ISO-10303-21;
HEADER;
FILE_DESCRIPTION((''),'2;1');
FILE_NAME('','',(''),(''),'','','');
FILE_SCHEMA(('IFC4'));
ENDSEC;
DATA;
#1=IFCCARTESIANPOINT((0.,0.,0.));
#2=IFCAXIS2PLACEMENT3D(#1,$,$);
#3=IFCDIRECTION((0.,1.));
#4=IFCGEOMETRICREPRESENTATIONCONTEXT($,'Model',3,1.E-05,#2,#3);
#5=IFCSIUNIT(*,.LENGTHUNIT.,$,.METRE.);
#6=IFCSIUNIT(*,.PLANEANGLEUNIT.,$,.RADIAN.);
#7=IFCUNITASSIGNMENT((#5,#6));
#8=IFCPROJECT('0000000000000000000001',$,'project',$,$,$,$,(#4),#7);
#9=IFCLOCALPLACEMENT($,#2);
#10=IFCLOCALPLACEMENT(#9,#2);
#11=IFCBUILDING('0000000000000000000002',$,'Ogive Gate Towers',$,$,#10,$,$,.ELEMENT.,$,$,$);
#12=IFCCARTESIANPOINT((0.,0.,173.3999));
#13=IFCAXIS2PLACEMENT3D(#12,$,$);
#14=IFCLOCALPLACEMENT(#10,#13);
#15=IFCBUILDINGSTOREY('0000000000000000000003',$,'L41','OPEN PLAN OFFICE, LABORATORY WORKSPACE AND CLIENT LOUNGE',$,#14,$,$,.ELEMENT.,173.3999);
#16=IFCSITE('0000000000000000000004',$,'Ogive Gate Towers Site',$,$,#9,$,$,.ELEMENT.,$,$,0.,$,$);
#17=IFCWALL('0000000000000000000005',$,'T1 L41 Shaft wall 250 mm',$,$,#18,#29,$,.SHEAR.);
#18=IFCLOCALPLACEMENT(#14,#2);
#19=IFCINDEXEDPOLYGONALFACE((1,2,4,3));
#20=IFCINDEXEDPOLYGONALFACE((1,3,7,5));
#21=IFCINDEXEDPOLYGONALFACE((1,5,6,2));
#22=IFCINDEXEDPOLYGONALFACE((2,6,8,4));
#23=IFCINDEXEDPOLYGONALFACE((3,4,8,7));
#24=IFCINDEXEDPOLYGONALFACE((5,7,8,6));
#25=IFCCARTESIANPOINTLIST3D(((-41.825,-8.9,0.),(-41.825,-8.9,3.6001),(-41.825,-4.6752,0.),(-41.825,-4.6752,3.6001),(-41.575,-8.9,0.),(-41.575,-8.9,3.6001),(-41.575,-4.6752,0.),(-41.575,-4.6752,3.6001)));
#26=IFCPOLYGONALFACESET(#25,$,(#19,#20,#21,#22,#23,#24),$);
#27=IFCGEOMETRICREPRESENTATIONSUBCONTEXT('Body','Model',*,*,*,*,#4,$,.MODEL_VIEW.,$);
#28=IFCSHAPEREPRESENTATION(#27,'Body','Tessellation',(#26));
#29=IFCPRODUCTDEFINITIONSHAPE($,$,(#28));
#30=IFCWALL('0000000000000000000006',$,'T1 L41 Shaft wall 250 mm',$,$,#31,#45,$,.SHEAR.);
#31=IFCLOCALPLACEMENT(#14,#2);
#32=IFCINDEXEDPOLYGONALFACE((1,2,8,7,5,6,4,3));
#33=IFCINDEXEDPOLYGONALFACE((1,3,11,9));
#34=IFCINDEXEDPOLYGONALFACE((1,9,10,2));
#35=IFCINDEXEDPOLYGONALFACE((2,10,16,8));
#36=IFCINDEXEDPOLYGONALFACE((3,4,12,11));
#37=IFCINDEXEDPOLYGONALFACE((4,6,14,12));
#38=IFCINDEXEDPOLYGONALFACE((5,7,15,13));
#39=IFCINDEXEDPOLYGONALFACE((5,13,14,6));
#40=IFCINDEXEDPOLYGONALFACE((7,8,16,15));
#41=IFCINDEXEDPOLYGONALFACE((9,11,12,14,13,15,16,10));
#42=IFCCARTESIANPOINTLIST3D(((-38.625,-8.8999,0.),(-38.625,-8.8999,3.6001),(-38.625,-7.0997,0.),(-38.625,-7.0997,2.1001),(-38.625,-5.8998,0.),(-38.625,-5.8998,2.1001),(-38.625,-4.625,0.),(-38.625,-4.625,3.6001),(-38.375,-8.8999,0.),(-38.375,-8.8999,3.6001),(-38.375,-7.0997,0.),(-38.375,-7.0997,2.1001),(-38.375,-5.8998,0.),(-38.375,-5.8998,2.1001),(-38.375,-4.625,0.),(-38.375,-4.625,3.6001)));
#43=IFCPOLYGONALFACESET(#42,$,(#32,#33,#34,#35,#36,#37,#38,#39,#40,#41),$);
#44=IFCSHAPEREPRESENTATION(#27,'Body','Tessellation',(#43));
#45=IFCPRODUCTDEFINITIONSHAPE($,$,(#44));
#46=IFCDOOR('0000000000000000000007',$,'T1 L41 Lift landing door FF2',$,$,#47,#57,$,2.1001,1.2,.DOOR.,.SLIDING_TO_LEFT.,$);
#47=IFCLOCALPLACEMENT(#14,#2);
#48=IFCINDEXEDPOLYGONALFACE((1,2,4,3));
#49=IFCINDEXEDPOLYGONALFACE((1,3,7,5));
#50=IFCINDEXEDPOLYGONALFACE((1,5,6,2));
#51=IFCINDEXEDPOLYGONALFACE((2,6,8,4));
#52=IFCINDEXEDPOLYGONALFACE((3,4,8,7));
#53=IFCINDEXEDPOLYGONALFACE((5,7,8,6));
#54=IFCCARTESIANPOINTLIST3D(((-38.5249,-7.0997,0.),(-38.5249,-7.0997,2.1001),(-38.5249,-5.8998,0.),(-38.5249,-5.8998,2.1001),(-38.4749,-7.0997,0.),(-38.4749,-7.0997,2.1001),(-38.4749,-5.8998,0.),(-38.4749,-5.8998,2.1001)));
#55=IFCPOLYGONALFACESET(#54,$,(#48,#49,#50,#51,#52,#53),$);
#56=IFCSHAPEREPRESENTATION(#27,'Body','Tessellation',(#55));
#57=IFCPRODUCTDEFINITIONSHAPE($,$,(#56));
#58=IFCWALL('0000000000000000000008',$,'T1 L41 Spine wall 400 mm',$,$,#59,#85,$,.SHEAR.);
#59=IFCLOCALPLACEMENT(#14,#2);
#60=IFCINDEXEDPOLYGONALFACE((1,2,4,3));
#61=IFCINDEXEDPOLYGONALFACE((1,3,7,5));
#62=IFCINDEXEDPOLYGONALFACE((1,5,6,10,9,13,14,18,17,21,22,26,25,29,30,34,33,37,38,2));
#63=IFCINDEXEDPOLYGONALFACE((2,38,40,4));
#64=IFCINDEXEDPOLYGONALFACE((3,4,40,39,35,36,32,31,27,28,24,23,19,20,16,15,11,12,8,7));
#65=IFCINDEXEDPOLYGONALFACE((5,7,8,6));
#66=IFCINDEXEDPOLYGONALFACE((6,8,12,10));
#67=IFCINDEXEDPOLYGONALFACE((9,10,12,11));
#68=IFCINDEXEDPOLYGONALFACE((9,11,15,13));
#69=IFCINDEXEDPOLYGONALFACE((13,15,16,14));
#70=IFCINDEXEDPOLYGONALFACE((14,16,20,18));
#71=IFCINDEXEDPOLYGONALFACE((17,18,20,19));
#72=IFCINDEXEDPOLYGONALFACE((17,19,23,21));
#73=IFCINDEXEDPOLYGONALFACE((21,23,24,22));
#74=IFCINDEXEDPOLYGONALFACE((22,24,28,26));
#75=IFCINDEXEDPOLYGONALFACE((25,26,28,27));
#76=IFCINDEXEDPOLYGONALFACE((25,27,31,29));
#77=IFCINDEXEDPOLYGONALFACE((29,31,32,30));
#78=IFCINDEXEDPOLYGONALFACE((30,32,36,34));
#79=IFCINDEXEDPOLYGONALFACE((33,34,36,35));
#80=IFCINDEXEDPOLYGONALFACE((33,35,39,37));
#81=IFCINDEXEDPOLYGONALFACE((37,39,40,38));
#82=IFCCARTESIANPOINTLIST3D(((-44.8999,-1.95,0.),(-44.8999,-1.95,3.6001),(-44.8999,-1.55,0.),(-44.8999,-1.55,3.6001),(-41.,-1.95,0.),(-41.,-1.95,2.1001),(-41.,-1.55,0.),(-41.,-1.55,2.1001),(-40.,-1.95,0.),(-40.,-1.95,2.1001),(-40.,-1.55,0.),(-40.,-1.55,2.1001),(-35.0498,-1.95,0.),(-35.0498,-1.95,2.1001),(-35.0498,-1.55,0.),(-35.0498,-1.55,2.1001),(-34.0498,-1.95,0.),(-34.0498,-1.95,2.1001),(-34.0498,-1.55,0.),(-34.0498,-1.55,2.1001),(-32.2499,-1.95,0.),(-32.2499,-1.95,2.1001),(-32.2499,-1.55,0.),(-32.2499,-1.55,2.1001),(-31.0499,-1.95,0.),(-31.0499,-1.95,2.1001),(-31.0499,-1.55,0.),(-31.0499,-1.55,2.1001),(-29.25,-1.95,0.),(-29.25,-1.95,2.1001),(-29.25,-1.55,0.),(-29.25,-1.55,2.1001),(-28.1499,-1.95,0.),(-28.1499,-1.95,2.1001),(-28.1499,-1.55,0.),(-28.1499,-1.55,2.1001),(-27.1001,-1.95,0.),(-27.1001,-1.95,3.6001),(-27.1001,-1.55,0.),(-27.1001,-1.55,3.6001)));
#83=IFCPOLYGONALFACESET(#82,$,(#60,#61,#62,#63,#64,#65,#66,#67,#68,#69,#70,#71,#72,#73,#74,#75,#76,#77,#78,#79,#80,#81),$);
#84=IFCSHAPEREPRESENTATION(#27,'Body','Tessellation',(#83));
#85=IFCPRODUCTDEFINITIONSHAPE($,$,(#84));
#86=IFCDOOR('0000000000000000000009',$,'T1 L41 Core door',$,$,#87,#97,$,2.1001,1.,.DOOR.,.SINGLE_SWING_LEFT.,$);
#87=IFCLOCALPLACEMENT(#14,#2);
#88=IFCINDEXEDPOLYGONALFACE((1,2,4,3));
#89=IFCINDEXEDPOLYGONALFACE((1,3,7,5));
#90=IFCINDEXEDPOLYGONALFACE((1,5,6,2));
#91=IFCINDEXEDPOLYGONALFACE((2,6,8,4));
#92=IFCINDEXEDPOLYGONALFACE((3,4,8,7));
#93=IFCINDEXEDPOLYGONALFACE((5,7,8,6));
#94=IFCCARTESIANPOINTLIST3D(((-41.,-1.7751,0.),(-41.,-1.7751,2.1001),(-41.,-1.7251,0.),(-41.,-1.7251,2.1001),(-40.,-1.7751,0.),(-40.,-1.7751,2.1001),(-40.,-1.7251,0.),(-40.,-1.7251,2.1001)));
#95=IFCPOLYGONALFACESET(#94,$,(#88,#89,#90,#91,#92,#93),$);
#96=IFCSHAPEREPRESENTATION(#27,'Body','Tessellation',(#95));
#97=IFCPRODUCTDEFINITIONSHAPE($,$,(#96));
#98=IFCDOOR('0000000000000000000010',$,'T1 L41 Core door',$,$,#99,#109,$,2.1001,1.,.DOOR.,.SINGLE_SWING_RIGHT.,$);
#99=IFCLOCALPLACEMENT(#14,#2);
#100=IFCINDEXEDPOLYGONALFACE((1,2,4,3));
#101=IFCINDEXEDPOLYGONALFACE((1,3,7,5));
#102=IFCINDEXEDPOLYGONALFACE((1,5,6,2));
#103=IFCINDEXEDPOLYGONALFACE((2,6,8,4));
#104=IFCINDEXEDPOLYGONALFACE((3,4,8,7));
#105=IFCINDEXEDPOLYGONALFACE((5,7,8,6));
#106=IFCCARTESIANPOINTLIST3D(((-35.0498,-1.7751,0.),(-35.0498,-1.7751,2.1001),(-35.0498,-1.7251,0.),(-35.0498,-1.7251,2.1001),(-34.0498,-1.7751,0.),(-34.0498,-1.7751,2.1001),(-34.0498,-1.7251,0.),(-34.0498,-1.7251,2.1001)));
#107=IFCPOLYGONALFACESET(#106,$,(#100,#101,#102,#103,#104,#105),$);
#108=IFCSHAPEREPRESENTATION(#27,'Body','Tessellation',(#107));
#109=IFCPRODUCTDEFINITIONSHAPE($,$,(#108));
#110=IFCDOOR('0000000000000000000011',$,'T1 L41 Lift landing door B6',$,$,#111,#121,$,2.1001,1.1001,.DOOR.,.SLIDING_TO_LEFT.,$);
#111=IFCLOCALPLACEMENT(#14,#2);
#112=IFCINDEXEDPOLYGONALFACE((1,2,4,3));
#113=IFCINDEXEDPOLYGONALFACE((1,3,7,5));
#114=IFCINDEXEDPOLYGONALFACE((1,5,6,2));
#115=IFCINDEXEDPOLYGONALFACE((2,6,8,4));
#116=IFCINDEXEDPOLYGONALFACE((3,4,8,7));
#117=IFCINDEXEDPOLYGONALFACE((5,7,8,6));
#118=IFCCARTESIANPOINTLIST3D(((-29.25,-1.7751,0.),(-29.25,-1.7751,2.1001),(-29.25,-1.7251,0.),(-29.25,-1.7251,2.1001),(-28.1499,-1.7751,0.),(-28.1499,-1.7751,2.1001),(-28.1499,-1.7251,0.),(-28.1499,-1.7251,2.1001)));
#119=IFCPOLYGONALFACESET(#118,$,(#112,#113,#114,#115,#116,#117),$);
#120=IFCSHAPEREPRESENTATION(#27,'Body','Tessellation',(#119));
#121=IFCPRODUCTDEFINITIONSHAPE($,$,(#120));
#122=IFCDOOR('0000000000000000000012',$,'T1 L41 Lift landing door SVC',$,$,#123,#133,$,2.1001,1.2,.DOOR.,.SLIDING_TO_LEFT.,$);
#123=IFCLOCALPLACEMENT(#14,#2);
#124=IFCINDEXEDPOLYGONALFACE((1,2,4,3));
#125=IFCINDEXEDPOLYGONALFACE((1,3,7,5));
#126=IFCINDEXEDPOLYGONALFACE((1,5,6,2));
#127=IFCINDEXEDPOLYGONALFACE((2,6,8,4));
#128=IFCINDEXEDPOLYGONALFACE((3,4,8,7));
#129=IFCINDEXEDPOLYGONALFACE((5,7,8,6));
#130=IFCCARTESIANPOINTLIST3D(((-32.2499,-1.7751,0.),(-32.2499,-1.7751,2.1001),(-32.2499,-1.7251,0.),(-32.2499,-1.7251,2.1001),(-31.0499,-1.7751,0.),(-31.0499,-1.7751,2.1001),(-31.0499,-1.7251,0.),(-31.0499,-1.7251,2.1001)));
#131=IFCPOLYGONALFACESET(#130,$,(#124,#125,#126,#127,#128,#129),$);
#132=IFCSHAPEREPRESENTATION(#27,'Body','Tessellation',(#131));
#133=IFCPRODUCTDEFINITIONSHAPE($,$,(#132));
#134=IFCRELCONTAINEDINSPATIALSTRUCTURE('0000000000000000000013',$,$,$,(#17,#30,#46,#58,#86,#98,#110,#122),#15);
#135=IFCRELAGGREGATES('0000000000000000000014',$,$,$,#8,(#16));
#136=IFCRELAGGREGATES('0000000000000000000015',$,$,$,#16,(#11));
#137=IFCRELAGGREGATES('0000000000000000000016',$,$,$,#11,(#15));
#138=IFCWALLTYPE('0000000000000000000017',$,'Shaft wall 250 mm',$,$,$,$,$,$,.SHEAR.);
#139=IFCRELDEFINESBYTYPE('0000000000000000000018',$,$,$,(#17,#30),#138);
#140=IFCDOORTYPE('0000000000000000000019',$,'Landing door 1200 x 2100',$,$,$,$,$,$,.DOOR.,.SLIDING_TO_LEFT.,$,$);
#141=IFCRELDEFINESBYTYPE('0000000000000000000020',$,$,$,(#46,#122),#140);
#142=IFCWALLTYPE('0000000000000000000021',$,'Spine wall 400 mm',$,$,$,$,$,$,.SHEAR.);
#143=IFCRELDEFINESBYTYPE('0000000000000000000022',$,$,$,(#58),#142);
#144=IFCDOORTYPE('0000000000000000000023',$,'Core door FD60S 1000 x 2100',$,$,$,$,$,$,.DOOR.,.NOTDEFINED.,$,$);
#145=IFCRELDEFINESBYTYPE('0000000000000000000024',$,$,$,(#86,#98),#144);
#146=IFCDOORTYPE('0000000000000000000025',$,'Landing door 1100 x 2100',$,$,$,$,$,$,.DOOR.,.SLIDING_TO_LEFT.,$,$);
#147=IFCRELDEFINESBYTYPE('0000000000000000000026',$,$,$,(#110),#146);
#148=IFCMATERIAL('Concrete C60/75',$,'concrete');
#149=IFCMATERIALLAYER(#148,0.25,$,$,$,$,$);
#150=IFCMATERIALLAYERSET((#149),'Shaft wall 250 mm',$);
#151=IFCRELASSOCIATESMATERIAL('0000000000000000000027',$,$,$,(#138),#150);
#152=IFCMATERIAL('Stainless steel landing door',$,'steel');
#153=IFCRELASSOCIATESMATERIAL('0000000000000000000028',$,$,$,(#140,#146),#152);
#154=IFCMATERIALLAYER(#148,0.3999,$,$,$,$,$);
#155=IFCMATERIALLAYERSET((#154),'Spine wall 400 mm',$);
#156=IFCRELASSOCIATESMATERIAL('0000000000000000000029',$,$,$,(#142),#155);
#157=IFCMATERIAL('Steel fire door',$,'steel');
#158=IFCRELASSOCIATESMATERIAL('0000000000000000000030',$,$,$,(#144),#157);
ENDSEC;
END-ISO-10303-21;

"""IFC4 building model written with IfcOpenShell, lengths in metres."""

from ifc_helpers import new_model, si_unit, direction, frame, frame_2d, origin, place, context, subcontext, project, spatial, rectangle, extrude, material, layer, layer_set, type_object, element, fill, save


model = new_model("IFC4")

# Units and contexts
model_context = context("Model", 3, precision=1e-05, world=origin(), true_north=direction((0.0, 1.0)))
body_context = subcontext(model_context, "Body", "Model", "MODEL_VIEW")
ifc_project = project(units=[si_unit("LENGTHUNIT", "METRE"), si_unit("PLANEANGLEUNIT", "RADIAN")], contexts=[model_context])

# Site, building, storey
site_placement = place(None, origin())
site = spatial("IfcSite", under=ifc_project, at=site_placement, Name="Ogive Gate Towers Site", CompositionType="ELEMENT", RefElevation=0.0)
building_placement = place(site_placement, origin())
building = spatial("IfcBuilding", under=site, at=building_placement, Name="Ogive Gate Towers", CompositionType="ELEMENT")
storey_placement = place(building_placement, frame((0.0, 0.0, 173.3999)))
storey = spatial("IfcBuildingStorey", under=building, at=storey_placement, Name="L41", Description="OPEN PLAN OFFICE, LABORATORY WORKSPACE AND CLIENT LOUNGE", CompositionType="ELEMENT", Elevation=173.3999)

# Wall
ifc_material_1 = material(Name="Concrete C60/75", Category="concrete")
ifc_layer_1 = layer(ifc_material_1, 0.25)
ifc_layer_set_1 = layer_set([ifc_layer_1], Name="Shaft wall 250 mm")
wall_type_1 = type_object("IfcWallType", Name="Shaft wall 250 mm", PredefinedType="SHEAR", material=ifc_layer_set_1)
wall_1_placement = place(storey_placement, frame((-41.7, -8.8999, 0.0), z_axis=(0.0, 0.0, 1.0), x_axis=(0.0, 1.0, 0.0)))
element("IfcWall", 1, at=wall_1_placement, inside=storey, type_object=wall_type_1, Name="T1 L41 Shaft wall 250 mm", PredefinedType="SHEAR", context=body_context, shape_type="SweptSolid", body=[
    extrude(rectangle(XDim=4.2249, YDim=0.25, at=frame_2d((2.1123, 0.0))), origin(), (0.0, 0.0, 1.0), 3.6001),
])

# Wall, opening, door
wall_2_placement = place(storey_placement, frame((-38.5, -8.8999, 0.0), z_axis=(0.0, 0.0, 1.0), x_axis=(0.0, 1.0, 0.0)))
wall_2 = element("IfcWall", 2, at=wall_2_placement, inside=storey, type_object=wall_type_1, Name="T1 L41 Shaft wall 250 mm", PredefinedType="SHEAR", context=body_context, shape_type="SweptSolid", body=[
    extrude(rectangle(XDim=4.2749, YDim=0.25, at=frame_2d((2.1375, 0.0))), origin(), (0.0, 0.0, 1.0), 3.6001),
])
opening_1_placement = place(wall_2_placement, frame((1.8, 0.0, 0.0)))
opening_1 = element("IfcOpeningElement", 3, at=opening_1_placement, cuts=wall_2, PredefinedType="OPENING", context=body_context, shape_type="SweptSolid", body=[
    extrude(rectangle(XDim=1.2, YDim=2.1001, at=frame_2d((0.6001, 1.05))), frame((0.0, 0.135, 0.0), z_axis=(0.0, -1.0, 0.0), x_axis=(1.0, 0.0, 0.0)), (0.0, 0.0, 1.0), 0.27),
])
ifc_material_2 = material(Name="Stainless steel landing door", Category="steel")
door_type_1 = type_object("IfcDoorType", Name="Landing door 1200 x 2100", OperationType="SLIDING_TO_LEFT", PredefinedType="DOOR", material=ifc_material_2)
door_1_placement = place(opening_1_placement, origin())
door_1 = element("IfcDoor", 4, at=door_1_placement, inside=storey, type_object=door_type_1, Name="T1 L41 Lift landing door FF2", OperationType="SLIDING_TO_LEFT", OverallHeight=2.1001, OverallWidth=1.2, PredefinedType="DOOR", context=body_context, shape_type="SweptSolid", body=[
    extrude(rectangle(XDim=1.2, YDim=2.1001, at=frame_2d((0.6001, 1.05))), frame((0.0, 0.0249, 0.0), z_axis=(0.0, -1.0, 0.0), x_axis=(1.0, 0.0, 0.0)), (0.0, 0.0, 1.0), 0.05),
])
fill(opening_1, door_1)

# Wall, openings, doors
ifc_layer_2 = layer(ifc_material_1, 0.3999)
ifc_layer_set_2 = layer_set([ifc_layer_2], Name="Spine wall 400 mm")
wall_type_2 = type_object("IfcWallType", Name="Spine wall 400 mm", PredefinedType="SHEAR", material=ifc_layer_set_2)
wall_3_placement = place(storey_placement, frame((-44.8999, -1.75, 0.0), z_axis=(0.0, 0.0, 1.0), x_axis=(1.0, 0.0, 0.0)))
wall_3 = element("IfcWall", 5, at=wall_3_placement, inside=storey, type_object=wall_type_2, Name="T1 L41 Spine wall 400 mm", PredefinedType="SHEAR", context=body_context, shape_type="SweptSolid", body=[
    extrude(rectangle(XDim=17.7998, YDim=0.3999, at=frame_2d((8.8999, 0.0))), origin(), (0.0, 0.0, 1.0), 3.6001),
])
opening_2_placement = place(wall_3_placement, frame((12.6499, 0.0, 0.0)))
opening_2 = element("IfcOpeningElement", 6, at=opening_2_placement, cuts=wall_3, PredefinedType="OPENING", context=body_context, shape_type="SweptSolid", body=[
    extrude(rectangle(XDim=1.2, YDim=2.1001, at=frame_2d((0.6001, 1.05))), frame((0.0, 0.21, 0.0), z_axis=(0.0, -1.0, 0.0), x_axis=(1.0, 0.0, 0.0)), (0.0, 0.0, 1.0), 0.4199),
])
opening_3_placement = place(wall_3_placement, frame((15.6499, 0.0, 0.0)))
opening_3 = element("IfcOpeningElement", 7, at=opening_3_placement, cuts=wall_3, PredefinedType="OPENING", context=body_context, shape_type="SweptSolid", body=[
    extrude(rectangle(XDim=1.1001, YDim=2.1001, at=frame_2d((0.55, 1.05))), frame((0.0, 0.21, 0.0), z_axis=(0.0, -1.0, 0.0), x_axis=(1.0, 0.0, 0.0)), (0.0, 0.0, 1.0), 0.4199),
])
opening_4_placement = place(wall_3_placement, frame((3.8999, 0.0, 0.0)))
opening_4 = element("IfcOpeningElement", 8, at=opening_4_placement, cuts=wall_3, PredefinedType="OPENING", context=body_context, shape_type="SweptSolid", body=[
    extrude(rectangle(XDim=1.0, YDim=2.1001, at=frame_2d((0.5, 1.05))), frame((0.0, 0.21, 0.0), z_axis=(0.0, -1.0, 0.0), x_axis=(1.0, 0.0, 0.0)), (0.0, 0.0, 1.0), 0.4199),
])
opening_5_placement = place(wall_3_placement, frame((9.8501, 0.0, 0.0)))
opening_5 = element("IfcOpeningElement", 9, at=opening_5_placement, cuts=wall_3, PredefinedType="OPENING", context=body_context, shape_type="SweptSolid", body=[
    extrude(rectangle(XDim=1.0, YDim=2.1001, at=frame_2d((0.5, 1.05))), frame((0.0, 0.21, 0.0), z_axis=(0.0, -1.0, 0.0), x_axis=(1.0, 0.0, 0.0)), (0.0, 0.0, 1.0), 0.4199),
])
ifc_material_3 = material(Name="Steel fire door", Category="steel")
door_type_2 = type_object("IfcDoorType", Name="Core door FD60S 1000 x 2100", OperationType="NOTDEFINED", PredefinedType="DOOR", material=ifc_material_3)
door_2_placement = place(opening_4_placement, origin())
door_2 = element("IfcDoor", 10, at=door_2_placement, inside=storey, type_object=door_type_2, Name="T1 L41 Core door", OperationType="SINGLE_SWING_LEFT", OverallHeight=2.1001, OverallWidth=1.0, PredefinedType="DOOR", context=body_context, shape_type="SweptSolid", body=[
    extrude(rectangle(XDim=1.0, YDim=2.1001, at=frame_2d((0.5, 1.05))), frame((0.0, 0.0249, 0.0), z_axis=(0.0, -1.0, 0.0), x_axis=(1.0, 0.0, 0.0)), (0.0, 0.0, 1.0), 0.05),
])
fill(opening_4, door_2)
door_3_placement = place(opening_5_placement, origin())
door_3 = element("IfcDoor", 11, at=door_3_placement, inside=storey, type_object=door_type_2, Name="T1 L41 Core door", OperationType="SINGLE_SWING_RIGHT", OverallHeight=2.1001, OverallWidth=1.0, PredefinedType="DOOR", context=body_context, shape_type="SweptSolid", body=[
    extrude(rectangle(XDim=1.0, YDim=2.1001, at=frame_2d((0.5, 1.05))), frame((0.0, 0.0249, 0.0), z_axis=(0.0, -1.0, 0.0), x_axis=(1.0, 0.0, 0.0)), (0.0, 0.0, 1.0), 0.05),
])
fill(opening_5, door_3)
door_type_3 = type_object("IfcDoorType", Name="Landing door 1100 x 2100", OperationType="SLIDING_TO_LEFT", PredefinedType="DOOR", material=ifc_material_2)
door_4_placement = place(opening_3_placement, origin())
door_4 = element("IfcDoor", 12, at=door_4_placement, inside=storey, type_object=door_type_3, Name="T1 L41 Lift landing door B6", OperationType="SLIDING_TO_LEFT", OverallHeight=2.1001, OverallWidth=1.1001, PredefinedType="DOOR", context=body_context, shape_type="SweptSolid", body=[
    extrude(rectangle(XDim=1.1001, YDim=2.1001, at=frame_2d((0.55, 1.05))), frame((0.0, 0.0249, 0.0), z_axis=(0.0, -1.0, 0.0), x_axis=(1.0, 0.0, 0.0)), (0.0, 0.0, 1.0), 0.05),
])
fill(opening_3, door_4)
door_5_placement = place(opening_2_placement, origin())
door_5 = element("IfcDoor", 13, at=door_5_placement, inside=storey, type_object=door_type_1, Name="T1 L41 Lift landing door SVC", OperationType="SLIDING_TO_LEFT", OverallHeight=2.1001, OverallWidth=1.2, PredefinedType="DOOR", context=body_context, shape_type="SweptSolid", body=[
    extrude(rectangle(XDim=1.2, YDim=2.1001, at=frame_2d((0.6001, 1.05))), frame((0.0, 0.0249, 0.0), z_axis=(0.0, -1.0, 0.0), x_axis=(1.0, 0.0, 0.0)), (0.0, 0.0, 1.0), 0.05),
])
fill(opening_2, door_5)

save(model, "model.ifc")
